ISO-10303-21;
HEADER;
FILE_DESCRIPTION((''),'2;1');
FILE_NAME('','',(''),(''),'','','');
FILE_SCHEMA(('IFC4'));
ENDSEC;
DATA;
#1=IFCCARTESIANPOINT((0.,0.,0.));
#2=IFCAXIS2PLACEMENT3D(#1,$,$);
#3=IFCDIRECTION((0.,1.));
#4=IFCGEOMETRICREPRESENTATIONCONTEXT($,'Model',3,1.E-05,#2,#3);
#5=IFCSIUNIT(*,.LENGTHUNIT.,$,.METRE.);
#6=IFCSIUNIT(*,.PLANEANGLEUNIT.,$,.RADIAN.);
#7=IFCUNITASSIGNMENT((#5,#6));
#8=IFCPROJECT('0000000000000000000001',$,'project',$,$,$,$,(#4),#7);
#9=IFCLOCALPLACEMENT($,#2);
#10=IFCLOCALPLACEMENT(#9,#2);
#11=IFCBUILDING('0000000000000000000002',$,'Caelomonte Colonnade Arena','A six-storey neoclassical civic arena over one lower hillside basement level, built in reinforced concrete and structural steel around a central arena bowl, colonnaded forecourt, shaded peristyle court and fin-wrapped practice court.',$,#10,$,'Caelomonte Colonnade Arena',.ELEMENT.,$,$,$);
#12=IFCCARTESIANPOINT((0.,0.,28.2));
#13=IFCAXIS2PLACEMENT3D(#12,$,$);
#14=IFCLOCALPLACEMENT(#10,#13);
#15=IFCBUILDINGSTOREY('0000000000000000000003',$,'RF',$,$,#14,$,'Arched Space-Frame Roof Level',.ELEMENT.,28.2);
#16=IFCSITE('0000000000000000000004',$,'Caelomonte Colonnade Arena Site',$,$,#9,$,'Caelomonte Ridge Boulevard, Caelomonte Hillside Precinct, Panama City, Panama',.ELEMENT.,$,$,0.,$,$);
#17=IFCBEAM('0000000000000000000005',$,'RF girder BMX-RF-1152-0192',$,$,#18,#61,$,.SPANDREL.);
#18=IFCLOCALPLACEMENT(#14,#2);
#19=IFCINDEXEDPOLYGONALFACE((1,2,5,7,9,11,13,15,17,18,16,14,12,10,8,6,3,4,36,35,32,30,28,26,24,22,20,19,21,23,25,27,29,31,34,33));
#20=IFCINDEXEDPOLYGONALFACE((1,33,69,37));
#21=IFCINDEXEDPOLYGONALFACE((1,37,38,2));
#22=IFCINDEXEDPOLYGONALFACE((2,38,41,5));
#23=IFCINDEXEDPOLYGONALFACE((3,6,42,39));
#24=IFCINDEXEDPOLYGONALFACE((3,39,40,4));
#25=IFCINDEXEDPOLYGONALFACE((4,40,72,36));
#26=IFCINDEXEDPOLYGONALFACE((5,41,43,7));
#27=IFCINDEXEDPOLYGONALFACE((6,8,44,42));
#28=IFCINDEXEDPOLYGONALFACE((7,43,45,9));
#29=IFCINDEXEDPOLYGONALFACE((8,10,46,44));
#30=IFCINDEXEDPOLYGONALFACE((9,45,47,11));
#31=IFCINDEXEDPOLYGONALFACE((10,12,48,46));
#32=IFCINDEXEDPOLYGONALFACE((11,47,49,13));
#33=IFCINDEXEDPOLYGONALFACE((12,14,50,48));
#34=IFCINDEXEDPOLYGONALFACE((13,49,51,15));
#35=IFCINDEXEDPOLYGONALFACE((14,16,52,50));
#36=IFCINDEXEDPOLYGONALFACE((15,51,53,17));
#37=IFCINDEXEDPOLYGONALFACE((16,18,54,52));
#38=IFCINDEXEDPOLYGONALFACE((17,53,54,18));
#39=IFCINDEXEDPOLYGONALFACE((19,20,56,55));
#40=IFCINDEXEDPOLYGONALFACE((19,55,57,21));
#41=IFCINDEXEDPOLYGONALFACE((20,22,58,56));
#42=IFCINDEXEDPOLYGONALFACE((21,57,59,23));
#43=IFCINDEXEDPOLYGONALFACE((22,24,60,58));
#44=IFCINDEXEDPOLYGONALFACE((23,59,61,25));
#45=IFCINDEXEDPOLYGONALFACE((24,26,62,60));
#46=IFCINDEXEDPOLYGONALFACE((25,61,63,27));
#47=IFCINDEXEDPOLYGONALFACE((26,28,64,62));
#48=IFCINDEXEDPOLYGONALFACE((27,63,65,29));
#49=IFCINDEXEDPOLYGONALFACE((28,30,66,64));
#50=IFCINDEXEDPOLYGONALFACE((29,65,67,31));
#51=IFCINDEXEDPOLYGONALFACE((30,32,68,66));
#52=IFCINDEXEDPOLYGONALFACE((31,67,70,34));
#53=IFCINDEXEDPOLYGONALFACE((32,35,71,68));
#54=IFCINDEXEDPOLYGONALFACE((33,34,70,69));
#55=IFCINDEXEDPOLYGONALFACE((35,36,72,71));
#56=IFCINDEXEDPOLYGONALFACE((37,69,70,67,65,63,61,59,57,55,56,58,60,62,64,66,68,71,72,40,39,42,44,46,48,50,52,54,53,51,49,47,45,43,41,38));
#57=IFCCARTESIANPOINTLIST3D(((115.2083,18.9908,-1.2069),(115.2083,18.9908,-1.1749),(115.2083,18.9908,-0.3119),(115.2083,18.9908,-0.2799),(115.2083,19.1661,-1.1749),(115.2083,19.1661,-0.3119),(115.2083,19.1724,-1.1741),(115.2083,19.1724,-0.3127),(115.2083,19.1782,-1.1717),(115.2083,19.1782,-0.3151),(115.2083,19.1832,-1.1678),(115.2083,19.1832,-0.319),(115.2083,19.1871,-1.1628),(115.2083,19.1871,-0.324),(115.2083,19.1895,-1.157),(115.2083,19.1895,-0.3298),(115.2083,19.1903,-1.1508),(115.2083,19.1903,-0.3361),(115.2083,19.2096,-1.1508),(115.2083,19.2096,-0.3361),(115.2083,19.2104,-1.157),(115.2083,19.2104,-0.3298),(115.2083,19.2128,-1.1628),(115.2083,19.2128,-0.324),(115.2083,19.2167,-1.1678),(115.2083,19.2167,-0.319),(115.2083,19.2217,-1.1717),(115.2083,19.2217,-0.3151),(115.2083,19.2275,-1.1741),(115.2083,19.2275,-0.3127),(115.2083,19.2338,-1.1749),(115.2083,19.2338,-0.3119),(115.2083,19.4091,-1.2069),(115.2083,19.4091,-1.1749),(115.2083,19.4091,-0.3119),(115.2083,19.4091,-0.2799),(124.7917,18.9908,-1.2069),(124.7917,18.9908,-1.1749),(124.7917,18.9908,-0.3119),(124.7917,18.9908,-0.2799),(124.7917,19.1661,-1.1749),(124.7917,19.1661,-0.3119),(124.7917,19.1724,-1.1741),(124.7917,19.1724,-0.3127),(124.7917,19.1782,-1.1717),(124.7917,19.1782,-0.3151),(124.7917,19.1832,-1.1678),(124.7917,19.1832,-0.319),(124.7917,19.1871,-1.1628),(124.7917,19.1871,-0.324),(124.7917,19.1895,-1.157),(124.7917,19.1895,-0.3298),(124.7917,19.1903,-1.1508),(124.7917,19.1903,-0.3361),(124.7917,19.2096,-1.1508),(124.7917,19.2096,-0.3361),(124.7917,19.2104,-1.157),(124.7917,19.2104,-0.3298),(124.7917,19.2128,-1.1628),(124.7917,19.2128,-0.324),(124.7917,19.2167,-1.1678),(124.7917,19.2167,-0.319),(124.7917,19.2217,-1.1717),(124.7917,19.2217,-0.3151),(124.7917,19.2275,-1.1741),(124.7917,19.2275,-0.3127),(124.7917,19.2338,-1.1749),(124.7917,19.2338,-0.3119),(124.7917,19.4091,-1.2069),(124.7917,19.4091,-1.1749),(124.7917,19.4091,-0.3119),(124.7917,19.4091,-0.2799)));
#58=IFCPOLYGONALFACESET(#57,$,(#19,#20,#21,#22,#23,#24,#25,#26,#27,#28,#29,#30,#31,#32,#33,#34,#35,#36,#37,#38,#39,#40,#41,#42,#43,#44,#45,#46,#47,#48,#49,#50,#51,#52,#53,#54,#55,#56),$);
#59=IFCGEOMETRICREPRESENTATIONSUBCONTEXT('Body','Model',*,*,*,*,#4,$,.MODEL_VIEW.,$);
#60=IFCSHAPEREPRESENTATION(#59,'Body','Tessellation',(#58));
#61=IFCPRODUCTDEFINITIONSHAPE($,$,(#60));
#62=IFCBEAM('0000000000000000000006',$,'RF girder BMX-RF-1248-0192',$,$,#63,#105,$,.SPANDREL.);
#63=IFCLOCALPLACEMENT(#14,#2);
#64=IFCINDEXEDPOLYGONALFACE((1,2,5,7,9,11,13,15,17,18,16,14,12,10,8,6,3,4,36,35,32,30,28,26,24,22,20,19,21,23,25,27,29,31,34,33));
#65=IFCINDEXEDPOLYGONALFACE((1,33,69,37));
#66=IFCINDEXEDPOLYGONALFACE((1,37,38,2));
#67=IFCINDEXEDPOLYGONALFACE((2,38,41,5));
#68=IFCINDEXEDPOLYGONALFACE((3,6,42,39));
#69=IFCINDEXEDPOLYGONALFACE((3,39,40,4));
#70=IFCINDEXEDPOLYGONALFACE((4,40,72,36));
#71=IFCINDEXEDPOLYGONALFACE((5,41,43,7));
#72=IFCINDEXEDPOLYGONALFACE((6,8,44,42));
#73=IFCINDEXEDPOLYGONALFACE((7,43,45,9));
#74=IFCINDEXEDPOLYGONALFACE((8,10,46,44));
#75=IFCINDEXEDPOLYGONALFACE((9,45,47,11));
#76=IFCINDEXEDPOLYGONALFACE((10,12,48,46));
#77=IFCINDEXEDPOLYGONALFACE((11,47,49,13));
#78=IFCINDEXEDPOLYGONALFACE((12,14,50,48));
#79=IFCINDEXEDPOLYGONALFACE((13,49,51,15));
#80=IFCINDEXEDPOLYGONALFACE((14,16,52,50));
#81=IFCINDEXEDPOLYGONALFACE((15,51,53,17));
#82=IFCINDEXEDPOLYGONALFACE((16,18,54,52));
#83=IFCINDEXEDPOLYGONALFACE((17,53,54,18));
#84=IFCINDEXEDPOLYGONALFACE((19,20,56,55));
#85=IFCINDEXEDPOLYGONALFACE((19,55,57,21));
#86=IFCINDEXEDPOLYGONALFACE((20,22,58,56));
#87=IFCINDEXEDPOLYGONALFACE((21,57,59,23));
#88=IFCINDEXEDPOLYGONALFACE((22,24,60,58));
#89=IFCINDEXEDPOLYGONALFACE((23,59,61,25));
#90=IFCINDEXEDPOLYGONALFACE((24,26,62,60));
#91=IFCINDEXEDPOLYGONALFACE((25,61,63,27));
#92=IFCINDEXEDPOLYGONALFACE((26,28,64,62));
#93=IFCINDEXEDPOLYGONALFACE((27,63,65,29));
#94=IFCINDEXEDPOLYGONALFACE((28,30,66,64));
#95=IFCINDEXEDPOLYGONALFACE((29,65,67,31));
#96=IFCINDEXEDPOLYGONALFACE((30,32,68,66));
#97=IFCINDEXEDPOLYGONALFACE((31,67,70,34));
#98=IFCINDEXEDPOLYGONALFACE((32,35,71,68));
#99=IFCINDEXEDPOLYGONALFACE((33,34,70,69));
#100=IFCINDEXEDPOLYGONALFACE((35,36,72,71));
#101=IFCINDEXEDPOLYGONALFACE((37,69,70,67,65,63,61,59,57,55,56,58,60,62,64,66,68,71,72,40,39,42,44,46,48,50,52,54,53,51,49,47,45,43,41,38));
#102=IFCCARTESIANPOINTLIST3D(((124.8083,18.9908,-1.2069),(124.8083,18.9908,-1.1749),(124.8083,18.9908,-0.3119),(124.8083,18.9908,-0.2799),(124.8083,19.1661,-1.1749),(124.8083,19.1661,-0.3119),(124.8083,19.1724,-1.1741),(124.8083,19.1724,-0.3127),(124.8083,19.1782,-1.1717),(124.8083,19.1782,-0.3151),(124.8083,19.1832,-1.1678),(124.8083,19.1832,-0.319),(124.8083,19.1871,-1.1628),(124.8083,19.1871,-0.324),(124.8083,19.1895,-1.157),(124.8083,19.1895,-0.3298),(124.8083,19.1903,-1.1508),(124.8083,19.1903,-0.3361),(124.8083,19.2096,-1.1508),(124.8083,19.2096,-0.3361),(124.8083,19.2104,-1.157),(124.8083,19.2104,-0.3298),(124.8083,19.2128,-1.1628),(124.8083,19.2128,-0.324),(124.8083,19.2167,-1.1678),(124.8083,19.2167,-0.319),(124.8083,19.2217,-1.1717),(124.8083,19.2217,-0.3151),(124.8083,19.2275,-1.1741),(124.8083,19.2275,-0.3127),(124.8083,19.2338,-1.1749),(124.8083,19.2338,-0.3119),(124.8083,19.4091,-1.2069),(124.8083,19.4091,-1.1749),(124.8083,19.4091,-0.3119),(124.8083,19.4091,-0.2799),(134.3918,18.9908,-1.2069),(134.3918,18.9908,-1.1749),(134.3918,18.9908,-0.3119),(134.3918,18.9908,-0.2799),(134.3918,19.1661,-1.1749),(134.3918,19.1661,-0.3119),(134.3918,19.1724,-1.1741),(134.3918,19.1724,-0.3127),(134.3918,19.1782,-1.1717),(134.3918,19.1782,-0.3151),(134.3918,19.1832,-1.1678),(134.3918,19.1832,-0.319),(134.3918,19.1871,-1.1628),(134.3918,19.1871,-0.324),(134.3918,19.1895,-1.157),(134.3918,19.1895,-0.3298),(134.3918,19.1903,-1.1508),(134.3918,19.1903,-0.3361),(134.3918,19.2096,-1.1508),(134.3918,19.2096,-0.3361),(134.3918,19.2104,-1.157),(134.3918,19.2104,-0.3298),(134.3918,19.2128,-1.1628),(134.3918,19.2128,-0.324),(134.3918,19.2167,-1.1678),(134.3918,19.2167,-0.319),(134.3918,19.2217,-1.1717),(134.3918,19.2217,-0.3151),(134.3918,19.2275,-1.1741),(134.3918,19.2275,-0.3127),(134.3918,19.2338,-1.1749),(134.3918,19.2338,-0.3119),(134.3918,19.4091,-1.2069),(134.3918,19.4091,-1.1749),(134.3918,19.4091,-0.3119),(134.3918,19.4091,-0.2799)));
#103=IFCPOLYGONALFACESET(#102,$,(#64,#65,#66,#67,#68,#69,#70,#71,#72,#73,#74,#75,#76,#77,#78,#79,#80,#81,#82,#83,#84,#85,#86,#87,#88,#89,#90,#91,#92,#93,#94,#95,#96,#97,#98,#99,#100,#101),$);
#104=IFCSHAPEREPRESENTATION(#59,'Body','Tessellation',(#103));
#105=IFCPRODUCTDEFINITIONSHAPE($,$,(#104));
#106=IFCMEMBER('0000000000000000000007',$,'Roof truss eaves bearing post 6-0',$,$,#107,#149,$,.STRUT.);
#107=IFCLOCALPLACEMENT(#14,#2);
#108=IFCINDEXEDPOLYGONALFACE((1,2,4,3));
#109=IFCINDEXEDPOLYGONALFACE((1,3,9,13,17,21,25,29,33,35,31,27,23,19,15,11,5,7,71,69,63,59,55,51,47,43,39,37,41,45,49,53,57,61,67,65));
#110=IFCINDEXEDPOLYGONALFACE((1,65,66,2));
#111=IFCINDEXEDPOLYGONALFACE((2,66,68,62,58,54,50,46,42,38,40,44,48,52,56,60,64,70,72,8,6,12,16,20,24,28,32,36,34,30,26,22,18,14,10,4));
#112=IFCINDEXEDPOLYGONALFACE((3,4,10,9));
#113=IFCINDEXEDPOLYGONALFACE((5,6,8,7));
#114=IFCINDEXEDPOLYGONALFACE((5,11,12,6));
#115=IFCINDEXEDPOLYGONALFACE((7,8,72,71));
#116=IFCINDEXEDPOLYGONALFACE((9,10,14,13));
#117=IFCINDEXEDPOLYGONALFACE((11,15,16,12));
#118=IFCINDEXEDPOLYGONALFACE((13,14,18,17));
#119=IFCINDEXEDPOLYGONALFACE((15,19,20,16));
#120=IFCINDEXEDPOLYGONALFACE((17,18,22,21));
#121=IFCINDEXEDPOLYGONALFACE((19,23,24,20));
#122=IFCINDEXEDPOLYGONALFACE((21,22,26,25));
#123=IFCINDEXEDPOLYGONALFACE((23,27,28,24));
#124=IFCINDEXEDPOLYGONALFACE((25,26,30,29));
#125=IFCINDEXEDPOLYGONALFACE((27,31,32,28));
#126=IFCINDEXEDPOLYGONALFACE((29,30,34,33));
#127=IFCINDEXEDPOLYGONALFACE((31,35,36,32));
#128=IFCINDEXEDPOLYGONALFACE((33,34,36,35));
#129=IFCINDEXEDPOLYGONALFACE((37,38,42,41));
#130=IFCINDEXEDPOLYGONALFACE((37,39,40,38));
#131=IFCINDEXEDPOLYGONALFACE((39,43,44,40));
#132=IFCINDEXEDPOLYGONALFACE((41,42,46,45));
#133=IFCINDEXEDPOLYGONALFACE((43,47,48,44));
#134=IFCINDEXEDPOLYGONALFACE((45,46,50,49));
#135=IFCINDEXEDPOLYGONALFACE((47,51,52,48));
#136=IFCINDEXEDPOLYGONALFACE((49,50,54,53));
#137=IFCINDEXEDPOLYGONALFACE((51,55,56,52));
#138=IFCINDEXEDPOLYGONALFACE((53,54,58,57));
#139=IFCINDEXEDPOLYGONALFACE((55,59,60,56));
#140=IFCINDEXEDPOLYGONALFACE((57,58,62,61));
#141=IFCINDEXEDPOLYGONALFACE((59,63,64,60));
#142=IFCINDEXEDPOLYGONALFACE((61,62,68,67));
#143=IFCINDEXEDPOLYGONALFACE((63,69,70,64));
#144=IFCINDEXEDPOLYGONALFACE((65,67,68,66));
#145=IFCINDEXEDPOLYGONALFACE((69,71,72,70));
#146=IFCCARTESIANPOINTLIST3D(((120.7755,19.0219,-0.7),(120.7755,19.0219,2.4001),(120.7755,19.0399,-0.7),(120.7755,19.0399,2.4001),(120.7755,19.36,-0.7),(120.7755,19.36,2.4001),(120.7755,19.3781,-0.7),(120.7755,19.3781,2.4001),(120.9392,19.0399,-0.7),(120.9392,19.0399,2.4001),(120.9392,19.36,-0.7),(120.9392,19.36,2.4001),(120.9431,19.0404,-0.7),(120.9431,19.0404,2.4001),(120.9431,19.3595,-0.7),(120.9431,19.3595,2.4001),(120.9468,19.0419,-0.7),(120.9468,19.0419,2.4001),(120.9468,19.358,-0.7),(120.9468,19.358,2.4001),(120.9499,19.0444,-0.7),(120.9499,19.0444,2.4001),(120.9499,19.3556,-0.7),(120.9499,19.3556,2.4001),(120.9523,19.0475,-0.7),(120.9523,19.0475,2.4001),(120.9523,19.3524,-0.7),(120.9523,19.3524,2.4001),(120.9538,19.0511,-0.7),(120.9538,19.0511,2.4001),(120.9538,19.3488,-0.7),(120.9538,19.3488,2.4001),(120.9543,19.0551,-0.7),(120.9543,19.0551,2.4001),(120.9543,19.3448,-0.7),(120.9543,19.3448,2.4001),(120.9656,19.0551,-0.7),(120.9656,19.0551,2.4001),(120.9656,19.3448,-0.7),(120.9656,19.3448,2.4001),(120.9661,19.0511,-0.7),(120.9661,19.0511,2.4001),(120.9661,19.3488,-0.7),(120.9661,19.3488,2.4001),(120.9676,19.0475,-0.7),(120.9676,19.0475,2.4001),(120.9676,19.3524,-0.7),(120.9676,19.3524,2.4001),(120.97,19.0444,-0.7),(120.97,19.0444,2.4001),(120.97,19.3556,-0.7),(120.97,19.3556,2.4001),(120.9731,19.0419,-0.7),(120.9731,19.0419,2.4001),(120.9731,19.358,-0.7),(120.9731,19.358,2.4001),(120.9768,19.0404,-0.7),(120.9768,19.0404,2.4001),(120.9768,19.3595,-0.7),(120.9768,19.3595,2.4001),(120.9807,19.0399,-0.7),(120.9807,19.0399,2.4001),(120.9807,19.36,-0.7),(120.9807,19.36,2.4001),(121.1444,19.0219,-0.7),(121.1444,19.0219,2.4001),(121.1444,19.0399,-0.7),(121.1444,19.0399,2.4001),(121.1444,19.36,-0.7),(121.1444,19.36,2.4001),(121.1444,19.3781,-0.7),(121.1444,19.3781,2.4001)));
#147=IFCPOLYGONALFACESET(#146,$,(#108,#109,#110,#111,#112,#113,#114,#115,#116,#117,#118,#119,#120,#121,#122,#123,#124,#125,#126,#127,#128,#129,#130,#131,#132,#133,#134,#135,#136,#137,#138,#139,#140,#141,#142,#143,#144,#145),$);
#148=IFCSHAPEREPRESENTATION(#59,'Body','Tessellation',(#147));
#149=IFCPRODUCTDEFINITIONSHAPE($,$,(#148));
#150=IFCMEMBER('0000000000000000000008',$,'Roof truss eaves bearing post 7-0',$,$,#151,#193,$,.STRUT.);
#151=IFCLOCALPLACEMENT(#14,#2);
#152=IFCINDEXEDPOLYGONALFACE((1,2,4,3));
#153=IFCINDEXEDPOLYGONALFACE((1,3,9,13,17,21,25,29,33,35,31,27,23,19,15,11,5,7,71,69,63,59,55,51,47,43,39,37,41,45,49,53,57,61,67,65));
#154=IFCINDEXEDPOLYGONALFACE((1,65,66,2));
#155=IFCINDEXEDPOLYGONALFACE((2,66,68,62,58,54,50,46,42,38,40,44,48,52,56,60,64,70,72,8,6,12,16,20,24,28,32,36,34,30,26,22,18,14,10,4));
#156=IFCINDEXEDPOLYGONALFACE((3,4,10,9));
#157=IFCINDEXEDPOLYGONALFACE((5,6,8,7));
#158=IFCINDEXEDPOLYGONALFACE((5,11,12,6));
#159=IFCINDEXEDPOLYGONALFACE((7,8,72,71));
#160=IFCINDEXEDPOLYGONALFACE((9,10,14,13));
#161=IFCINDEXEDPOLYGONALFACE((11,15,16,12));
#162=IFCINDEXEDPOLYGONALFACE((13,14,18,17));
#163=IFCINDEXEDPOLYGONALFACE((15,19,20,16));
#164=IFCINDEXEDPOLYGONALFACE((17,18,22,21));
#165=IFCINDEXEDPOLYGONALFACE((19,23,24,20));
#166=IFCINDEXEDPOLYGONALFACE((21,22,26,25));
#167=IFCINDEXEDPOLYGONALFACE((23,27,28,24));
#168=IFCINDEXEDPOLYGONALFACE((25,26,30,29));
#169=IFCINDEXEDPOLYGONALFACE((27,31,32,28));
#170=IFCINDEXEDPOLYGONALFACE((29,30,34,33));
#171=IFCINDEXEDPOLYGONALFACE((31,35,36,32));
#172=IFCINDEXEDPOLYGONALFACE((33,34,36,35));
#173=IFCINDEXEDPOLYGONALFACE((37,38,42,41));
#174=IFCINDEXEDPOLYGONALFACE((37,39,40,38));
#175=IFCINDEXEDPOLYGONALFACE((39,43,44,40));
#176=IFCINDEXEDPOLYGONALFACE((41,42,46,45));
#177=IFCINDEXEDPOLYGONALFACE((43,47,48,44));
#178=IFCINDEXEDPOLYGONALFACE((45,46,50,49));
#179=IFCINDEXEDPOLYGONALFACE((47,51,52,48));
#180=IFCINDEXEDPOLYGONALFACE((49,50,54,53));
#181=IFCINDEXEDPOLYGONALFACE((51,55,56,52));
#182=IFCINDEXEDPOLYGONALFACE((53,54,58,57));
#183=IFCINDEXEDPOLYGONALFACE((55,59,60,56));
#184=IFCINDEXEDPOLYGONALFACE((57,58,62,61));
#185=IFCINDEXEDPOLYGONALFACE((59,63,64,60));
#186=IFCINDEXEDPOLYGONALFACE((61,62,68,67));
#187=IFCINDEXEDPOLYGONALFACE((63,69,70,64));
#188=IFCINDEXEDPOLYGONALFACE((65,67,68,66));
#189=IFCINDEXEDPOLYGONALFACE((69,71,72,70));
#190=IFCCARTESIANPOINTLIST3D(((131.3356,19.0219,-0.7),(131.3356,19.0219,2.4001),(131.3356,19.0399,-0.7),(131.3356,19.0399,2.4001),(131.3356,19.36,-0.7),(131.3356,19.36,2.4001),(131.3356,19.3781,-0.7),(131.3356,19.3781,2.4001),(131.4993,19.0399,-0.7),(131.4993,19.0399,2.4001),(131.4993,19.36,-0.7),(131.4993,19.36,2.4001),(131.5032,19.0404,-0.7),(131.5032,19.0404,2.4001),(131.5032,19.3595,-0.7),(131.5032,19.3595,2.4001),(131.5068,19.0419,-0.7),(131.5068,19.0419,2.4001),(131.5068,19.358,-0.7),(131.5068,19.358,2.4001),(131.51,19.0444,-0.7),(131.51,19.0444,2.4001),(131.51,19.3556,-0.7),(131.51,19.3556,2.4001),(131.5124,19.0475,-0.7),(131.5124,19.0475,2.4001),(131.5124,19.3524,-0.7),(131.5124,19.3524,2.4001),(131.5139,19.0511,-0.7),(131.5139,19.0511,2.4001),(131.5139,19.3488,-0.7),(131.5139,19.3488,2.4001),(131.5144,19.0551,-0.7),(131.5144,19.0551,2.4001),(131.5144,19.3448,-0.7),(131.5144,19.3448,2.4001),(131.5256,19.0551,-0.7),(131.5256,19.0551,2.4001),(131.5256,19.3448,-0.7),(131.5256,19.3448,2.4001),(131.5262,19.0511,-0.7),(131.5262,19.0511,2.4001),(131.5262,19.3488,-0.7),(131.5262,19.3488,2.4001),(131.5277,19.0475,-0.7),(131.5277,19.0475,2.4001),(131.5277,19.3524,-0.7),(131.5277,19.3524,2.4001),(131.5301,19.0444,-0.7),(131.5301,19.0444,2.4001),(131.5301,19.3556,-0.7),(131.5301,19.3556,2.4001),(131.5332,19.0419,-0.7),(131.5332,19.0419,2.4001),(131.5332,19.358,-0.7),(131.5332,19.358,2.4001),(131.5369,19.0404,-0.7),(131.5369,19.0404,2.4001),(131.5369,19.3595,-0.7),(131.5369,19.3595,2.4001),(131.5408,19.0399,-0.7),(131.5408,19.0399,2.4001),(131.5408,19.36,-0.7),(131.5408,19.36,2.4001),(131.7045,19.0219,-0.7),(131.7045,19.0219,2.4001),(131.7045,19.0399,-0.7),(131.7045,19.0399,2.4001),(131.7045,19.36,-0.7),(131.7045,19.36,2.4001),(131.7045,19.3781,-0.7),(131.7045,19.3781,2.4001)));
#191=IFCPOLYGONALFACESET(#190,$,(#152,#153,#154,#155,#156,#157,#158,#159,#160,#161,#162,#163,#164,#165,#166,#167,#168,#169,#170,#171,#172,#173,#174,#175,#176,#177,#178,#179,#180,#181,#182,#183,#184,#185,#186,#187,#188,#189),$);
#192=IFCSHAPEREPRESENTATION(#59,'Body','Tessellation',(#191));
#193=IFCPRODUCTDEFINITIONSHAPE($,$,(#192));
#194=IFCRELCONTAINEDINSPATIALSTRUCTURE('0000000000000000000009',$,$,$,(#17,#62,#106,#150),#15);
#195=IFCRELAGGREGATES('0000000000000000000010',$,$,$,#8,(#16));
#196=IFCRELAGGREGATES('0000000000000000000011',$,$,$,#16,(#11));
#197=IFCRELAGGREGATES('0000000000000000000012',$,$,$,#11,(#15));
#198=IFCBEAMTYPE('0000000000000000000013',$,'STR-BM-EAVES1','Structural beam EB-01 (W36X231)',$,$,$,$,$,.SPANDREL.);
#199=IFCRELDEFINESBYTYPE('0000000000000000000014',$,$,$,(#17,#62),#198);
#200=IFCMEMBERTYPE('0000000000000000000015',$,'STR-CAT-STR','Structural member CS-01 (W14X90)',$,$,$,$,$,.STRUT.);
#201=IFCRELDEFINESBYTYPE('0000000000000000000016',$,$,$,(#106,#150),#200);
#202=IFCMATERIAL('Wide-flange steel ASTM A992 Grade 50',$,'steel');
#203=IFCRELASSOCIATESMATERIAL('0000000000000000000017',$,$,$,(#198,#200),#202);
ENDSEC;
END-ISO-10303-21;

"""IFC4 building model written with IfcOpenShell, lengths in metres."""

from ifc_helpers import new_model, si_unit, direction, frame, origin, origin_2d, place, context, subcontext, project, spatial, i_section, extrude, material, material_profile, profile_set, type_object, element, save


model = new_model("IFC4")

# Units and contexts
model_context = context("Model", 3, precision=1e-05, world=origin(), true_north=direction((0.0, 1.0)))
body_context = subcontext(model_context, "Body", "Model", "MODEL_VIEW")
ifc_project = project(units=[si_unit("LENGTHUNIT", "METRE"), si_unit("PLANEANGLEUNIT", "RADIAN")], contexts=[model_context])

# Site, building, storey
site_placement = place(None, origin())
site = spatial("IfcSite", under=ifc_project, at=site_placement, Name="Caelomonte Colonnade Arena Site", LongName="Caelomonte Ridge Boulevard, Caelomonte Hillside Precinct, Panama City, Panama", CompositionType="ELEMENT", RefElevation=0.0)
building_placement = place(site_placement, origin())
building = spatial("IfcBuilding", under=site, at=building_placement, Name="Caelomonte Colonnade Arena", Description="A six-storey neoclassical civic arena over one lower hillside basement level, built in reinforced concrete and structural steel around a central arena bowl, colonnaded forecourt, shaded peristyle court and fin-wrapped practice court.", LongName="Caelomonte Colonnade Arena", CompositionType="ELEMENT")
storey_placement = place(building_placement, frame((0.0, 0.0, 28.2)))
storey = spatial("IfcBuildingStorey", under=building, at=storey_placement, Name="RF", LongName="Arched Space-Frame Roof Level", CompositionType="ELEMENT", Elevation=28.2)

# Beams
ifc_material_1 = material(Name="Wide-flange steel ASTM A992 Grade 50", Category="steel")
ifc_material_profile_1 = material_profile(ifc_material_1, i_section(OverallWidth=0.4182, OverallDepth=0.927, WebThickness=0.0193, FlangeThickness=0.032, FilletRadius=0.0242, at=origin_2d()), Name="W36X231")
ifc_profile_set_1 = profile_set([ifc_material_profile_1], Name="Wide-flange steel ASTM A992 Grade 50")
beam_type = type_object("IfcBeamType", Name="STR-BM-EAVES1", Description="Structural beam EB-01 (W36X231)", PredefinedType="SPANDREL", material=ifc_profile_set_1)
for number, where, z_axis, x_axis, name in (
    (1, (115.2083, 19.2, -0.7434), (1.0, 0.0, 0.0), (0.0, 1.0, 0.0), "RF girder BMX-RF-1152-0192"),
    (2, (124.8083, 19.2, -0.7434), (1.0, 0.0, 0.0), (0.0, 1.0, 0.0), "RF girder BMX-RF-1248-0192"),
):
    element("IfcBeam", number, at=place(storey_placement, frame(where, z_axis=z_axis, x_axis=x_axis)), inside=storey, type_object=beam_type, Name=name, PredefinedType="SPANDREL", context=body_context, shape_type="SweptSolid", body=[
        extrude(i_section(OverallWidth=0.4182, OverallDepth=0.927, WebThickness=0.0193, FlangeThickness=0.032, FilletRadius=0.0242, at=origin_2d()), origin(), (0.0, 0.0, 1.0), 9.5835),
    ])

# Members
ifc_material_profile_2 = material_profile(ifc_material_1, i_section(OverallWidth=0.3689, OverallDepth=0.3562, WebThickness=0.0112, FlangeThickness=0.0181, FilletRadius=0.0151, at=origin_2d()), Name="W14X90")
ifc_profile_set_2 = profile_set([ifc_material_profile_2], Name="Wide-flange steel ASTM A992 Grade 50")
member_type_1 = type_object("IfcMemberType", Name="STR-CAT-STR", Description="Structural member CS-01 (W14X90)", PredefinedType="STRUT", material=ifc_profile_set_2)
for number, where, z_axis, x_axis, name in (
    (3, (120.96, 19.2, -0.7), (0.0, 0.0, 1.0), (1.0, 0.0, 0.0), "Roof truss eaves bearing post 6-0"),
    (4, (131.52, 19.2, -0.7), (0.0, 0.0, 1.0), (1.0, 0.0, 0.0), "Roof truss eaves bearing post 7-0"),
):
    element("IfcMember", number, at=place(storey_placement, frame(where, z_axis=z_axis, x_axis=x_axis)), inside=storey, type_object=member_type_1, Name=name, PredefinedType="STRUT", context=body_context, shape_type="SweptSolid", body=[
        extrude(i_section(OverallWidth=0.3689, OverallDepth=0.3562, WebThickness=0.0112, FlangeThickness=0.0181, FilletRadius=0.0151, at=origin_2d()), origin(), (0.0, 0.0, 1.0), 3.1001),
    ])

save(model, "model.ifc")
